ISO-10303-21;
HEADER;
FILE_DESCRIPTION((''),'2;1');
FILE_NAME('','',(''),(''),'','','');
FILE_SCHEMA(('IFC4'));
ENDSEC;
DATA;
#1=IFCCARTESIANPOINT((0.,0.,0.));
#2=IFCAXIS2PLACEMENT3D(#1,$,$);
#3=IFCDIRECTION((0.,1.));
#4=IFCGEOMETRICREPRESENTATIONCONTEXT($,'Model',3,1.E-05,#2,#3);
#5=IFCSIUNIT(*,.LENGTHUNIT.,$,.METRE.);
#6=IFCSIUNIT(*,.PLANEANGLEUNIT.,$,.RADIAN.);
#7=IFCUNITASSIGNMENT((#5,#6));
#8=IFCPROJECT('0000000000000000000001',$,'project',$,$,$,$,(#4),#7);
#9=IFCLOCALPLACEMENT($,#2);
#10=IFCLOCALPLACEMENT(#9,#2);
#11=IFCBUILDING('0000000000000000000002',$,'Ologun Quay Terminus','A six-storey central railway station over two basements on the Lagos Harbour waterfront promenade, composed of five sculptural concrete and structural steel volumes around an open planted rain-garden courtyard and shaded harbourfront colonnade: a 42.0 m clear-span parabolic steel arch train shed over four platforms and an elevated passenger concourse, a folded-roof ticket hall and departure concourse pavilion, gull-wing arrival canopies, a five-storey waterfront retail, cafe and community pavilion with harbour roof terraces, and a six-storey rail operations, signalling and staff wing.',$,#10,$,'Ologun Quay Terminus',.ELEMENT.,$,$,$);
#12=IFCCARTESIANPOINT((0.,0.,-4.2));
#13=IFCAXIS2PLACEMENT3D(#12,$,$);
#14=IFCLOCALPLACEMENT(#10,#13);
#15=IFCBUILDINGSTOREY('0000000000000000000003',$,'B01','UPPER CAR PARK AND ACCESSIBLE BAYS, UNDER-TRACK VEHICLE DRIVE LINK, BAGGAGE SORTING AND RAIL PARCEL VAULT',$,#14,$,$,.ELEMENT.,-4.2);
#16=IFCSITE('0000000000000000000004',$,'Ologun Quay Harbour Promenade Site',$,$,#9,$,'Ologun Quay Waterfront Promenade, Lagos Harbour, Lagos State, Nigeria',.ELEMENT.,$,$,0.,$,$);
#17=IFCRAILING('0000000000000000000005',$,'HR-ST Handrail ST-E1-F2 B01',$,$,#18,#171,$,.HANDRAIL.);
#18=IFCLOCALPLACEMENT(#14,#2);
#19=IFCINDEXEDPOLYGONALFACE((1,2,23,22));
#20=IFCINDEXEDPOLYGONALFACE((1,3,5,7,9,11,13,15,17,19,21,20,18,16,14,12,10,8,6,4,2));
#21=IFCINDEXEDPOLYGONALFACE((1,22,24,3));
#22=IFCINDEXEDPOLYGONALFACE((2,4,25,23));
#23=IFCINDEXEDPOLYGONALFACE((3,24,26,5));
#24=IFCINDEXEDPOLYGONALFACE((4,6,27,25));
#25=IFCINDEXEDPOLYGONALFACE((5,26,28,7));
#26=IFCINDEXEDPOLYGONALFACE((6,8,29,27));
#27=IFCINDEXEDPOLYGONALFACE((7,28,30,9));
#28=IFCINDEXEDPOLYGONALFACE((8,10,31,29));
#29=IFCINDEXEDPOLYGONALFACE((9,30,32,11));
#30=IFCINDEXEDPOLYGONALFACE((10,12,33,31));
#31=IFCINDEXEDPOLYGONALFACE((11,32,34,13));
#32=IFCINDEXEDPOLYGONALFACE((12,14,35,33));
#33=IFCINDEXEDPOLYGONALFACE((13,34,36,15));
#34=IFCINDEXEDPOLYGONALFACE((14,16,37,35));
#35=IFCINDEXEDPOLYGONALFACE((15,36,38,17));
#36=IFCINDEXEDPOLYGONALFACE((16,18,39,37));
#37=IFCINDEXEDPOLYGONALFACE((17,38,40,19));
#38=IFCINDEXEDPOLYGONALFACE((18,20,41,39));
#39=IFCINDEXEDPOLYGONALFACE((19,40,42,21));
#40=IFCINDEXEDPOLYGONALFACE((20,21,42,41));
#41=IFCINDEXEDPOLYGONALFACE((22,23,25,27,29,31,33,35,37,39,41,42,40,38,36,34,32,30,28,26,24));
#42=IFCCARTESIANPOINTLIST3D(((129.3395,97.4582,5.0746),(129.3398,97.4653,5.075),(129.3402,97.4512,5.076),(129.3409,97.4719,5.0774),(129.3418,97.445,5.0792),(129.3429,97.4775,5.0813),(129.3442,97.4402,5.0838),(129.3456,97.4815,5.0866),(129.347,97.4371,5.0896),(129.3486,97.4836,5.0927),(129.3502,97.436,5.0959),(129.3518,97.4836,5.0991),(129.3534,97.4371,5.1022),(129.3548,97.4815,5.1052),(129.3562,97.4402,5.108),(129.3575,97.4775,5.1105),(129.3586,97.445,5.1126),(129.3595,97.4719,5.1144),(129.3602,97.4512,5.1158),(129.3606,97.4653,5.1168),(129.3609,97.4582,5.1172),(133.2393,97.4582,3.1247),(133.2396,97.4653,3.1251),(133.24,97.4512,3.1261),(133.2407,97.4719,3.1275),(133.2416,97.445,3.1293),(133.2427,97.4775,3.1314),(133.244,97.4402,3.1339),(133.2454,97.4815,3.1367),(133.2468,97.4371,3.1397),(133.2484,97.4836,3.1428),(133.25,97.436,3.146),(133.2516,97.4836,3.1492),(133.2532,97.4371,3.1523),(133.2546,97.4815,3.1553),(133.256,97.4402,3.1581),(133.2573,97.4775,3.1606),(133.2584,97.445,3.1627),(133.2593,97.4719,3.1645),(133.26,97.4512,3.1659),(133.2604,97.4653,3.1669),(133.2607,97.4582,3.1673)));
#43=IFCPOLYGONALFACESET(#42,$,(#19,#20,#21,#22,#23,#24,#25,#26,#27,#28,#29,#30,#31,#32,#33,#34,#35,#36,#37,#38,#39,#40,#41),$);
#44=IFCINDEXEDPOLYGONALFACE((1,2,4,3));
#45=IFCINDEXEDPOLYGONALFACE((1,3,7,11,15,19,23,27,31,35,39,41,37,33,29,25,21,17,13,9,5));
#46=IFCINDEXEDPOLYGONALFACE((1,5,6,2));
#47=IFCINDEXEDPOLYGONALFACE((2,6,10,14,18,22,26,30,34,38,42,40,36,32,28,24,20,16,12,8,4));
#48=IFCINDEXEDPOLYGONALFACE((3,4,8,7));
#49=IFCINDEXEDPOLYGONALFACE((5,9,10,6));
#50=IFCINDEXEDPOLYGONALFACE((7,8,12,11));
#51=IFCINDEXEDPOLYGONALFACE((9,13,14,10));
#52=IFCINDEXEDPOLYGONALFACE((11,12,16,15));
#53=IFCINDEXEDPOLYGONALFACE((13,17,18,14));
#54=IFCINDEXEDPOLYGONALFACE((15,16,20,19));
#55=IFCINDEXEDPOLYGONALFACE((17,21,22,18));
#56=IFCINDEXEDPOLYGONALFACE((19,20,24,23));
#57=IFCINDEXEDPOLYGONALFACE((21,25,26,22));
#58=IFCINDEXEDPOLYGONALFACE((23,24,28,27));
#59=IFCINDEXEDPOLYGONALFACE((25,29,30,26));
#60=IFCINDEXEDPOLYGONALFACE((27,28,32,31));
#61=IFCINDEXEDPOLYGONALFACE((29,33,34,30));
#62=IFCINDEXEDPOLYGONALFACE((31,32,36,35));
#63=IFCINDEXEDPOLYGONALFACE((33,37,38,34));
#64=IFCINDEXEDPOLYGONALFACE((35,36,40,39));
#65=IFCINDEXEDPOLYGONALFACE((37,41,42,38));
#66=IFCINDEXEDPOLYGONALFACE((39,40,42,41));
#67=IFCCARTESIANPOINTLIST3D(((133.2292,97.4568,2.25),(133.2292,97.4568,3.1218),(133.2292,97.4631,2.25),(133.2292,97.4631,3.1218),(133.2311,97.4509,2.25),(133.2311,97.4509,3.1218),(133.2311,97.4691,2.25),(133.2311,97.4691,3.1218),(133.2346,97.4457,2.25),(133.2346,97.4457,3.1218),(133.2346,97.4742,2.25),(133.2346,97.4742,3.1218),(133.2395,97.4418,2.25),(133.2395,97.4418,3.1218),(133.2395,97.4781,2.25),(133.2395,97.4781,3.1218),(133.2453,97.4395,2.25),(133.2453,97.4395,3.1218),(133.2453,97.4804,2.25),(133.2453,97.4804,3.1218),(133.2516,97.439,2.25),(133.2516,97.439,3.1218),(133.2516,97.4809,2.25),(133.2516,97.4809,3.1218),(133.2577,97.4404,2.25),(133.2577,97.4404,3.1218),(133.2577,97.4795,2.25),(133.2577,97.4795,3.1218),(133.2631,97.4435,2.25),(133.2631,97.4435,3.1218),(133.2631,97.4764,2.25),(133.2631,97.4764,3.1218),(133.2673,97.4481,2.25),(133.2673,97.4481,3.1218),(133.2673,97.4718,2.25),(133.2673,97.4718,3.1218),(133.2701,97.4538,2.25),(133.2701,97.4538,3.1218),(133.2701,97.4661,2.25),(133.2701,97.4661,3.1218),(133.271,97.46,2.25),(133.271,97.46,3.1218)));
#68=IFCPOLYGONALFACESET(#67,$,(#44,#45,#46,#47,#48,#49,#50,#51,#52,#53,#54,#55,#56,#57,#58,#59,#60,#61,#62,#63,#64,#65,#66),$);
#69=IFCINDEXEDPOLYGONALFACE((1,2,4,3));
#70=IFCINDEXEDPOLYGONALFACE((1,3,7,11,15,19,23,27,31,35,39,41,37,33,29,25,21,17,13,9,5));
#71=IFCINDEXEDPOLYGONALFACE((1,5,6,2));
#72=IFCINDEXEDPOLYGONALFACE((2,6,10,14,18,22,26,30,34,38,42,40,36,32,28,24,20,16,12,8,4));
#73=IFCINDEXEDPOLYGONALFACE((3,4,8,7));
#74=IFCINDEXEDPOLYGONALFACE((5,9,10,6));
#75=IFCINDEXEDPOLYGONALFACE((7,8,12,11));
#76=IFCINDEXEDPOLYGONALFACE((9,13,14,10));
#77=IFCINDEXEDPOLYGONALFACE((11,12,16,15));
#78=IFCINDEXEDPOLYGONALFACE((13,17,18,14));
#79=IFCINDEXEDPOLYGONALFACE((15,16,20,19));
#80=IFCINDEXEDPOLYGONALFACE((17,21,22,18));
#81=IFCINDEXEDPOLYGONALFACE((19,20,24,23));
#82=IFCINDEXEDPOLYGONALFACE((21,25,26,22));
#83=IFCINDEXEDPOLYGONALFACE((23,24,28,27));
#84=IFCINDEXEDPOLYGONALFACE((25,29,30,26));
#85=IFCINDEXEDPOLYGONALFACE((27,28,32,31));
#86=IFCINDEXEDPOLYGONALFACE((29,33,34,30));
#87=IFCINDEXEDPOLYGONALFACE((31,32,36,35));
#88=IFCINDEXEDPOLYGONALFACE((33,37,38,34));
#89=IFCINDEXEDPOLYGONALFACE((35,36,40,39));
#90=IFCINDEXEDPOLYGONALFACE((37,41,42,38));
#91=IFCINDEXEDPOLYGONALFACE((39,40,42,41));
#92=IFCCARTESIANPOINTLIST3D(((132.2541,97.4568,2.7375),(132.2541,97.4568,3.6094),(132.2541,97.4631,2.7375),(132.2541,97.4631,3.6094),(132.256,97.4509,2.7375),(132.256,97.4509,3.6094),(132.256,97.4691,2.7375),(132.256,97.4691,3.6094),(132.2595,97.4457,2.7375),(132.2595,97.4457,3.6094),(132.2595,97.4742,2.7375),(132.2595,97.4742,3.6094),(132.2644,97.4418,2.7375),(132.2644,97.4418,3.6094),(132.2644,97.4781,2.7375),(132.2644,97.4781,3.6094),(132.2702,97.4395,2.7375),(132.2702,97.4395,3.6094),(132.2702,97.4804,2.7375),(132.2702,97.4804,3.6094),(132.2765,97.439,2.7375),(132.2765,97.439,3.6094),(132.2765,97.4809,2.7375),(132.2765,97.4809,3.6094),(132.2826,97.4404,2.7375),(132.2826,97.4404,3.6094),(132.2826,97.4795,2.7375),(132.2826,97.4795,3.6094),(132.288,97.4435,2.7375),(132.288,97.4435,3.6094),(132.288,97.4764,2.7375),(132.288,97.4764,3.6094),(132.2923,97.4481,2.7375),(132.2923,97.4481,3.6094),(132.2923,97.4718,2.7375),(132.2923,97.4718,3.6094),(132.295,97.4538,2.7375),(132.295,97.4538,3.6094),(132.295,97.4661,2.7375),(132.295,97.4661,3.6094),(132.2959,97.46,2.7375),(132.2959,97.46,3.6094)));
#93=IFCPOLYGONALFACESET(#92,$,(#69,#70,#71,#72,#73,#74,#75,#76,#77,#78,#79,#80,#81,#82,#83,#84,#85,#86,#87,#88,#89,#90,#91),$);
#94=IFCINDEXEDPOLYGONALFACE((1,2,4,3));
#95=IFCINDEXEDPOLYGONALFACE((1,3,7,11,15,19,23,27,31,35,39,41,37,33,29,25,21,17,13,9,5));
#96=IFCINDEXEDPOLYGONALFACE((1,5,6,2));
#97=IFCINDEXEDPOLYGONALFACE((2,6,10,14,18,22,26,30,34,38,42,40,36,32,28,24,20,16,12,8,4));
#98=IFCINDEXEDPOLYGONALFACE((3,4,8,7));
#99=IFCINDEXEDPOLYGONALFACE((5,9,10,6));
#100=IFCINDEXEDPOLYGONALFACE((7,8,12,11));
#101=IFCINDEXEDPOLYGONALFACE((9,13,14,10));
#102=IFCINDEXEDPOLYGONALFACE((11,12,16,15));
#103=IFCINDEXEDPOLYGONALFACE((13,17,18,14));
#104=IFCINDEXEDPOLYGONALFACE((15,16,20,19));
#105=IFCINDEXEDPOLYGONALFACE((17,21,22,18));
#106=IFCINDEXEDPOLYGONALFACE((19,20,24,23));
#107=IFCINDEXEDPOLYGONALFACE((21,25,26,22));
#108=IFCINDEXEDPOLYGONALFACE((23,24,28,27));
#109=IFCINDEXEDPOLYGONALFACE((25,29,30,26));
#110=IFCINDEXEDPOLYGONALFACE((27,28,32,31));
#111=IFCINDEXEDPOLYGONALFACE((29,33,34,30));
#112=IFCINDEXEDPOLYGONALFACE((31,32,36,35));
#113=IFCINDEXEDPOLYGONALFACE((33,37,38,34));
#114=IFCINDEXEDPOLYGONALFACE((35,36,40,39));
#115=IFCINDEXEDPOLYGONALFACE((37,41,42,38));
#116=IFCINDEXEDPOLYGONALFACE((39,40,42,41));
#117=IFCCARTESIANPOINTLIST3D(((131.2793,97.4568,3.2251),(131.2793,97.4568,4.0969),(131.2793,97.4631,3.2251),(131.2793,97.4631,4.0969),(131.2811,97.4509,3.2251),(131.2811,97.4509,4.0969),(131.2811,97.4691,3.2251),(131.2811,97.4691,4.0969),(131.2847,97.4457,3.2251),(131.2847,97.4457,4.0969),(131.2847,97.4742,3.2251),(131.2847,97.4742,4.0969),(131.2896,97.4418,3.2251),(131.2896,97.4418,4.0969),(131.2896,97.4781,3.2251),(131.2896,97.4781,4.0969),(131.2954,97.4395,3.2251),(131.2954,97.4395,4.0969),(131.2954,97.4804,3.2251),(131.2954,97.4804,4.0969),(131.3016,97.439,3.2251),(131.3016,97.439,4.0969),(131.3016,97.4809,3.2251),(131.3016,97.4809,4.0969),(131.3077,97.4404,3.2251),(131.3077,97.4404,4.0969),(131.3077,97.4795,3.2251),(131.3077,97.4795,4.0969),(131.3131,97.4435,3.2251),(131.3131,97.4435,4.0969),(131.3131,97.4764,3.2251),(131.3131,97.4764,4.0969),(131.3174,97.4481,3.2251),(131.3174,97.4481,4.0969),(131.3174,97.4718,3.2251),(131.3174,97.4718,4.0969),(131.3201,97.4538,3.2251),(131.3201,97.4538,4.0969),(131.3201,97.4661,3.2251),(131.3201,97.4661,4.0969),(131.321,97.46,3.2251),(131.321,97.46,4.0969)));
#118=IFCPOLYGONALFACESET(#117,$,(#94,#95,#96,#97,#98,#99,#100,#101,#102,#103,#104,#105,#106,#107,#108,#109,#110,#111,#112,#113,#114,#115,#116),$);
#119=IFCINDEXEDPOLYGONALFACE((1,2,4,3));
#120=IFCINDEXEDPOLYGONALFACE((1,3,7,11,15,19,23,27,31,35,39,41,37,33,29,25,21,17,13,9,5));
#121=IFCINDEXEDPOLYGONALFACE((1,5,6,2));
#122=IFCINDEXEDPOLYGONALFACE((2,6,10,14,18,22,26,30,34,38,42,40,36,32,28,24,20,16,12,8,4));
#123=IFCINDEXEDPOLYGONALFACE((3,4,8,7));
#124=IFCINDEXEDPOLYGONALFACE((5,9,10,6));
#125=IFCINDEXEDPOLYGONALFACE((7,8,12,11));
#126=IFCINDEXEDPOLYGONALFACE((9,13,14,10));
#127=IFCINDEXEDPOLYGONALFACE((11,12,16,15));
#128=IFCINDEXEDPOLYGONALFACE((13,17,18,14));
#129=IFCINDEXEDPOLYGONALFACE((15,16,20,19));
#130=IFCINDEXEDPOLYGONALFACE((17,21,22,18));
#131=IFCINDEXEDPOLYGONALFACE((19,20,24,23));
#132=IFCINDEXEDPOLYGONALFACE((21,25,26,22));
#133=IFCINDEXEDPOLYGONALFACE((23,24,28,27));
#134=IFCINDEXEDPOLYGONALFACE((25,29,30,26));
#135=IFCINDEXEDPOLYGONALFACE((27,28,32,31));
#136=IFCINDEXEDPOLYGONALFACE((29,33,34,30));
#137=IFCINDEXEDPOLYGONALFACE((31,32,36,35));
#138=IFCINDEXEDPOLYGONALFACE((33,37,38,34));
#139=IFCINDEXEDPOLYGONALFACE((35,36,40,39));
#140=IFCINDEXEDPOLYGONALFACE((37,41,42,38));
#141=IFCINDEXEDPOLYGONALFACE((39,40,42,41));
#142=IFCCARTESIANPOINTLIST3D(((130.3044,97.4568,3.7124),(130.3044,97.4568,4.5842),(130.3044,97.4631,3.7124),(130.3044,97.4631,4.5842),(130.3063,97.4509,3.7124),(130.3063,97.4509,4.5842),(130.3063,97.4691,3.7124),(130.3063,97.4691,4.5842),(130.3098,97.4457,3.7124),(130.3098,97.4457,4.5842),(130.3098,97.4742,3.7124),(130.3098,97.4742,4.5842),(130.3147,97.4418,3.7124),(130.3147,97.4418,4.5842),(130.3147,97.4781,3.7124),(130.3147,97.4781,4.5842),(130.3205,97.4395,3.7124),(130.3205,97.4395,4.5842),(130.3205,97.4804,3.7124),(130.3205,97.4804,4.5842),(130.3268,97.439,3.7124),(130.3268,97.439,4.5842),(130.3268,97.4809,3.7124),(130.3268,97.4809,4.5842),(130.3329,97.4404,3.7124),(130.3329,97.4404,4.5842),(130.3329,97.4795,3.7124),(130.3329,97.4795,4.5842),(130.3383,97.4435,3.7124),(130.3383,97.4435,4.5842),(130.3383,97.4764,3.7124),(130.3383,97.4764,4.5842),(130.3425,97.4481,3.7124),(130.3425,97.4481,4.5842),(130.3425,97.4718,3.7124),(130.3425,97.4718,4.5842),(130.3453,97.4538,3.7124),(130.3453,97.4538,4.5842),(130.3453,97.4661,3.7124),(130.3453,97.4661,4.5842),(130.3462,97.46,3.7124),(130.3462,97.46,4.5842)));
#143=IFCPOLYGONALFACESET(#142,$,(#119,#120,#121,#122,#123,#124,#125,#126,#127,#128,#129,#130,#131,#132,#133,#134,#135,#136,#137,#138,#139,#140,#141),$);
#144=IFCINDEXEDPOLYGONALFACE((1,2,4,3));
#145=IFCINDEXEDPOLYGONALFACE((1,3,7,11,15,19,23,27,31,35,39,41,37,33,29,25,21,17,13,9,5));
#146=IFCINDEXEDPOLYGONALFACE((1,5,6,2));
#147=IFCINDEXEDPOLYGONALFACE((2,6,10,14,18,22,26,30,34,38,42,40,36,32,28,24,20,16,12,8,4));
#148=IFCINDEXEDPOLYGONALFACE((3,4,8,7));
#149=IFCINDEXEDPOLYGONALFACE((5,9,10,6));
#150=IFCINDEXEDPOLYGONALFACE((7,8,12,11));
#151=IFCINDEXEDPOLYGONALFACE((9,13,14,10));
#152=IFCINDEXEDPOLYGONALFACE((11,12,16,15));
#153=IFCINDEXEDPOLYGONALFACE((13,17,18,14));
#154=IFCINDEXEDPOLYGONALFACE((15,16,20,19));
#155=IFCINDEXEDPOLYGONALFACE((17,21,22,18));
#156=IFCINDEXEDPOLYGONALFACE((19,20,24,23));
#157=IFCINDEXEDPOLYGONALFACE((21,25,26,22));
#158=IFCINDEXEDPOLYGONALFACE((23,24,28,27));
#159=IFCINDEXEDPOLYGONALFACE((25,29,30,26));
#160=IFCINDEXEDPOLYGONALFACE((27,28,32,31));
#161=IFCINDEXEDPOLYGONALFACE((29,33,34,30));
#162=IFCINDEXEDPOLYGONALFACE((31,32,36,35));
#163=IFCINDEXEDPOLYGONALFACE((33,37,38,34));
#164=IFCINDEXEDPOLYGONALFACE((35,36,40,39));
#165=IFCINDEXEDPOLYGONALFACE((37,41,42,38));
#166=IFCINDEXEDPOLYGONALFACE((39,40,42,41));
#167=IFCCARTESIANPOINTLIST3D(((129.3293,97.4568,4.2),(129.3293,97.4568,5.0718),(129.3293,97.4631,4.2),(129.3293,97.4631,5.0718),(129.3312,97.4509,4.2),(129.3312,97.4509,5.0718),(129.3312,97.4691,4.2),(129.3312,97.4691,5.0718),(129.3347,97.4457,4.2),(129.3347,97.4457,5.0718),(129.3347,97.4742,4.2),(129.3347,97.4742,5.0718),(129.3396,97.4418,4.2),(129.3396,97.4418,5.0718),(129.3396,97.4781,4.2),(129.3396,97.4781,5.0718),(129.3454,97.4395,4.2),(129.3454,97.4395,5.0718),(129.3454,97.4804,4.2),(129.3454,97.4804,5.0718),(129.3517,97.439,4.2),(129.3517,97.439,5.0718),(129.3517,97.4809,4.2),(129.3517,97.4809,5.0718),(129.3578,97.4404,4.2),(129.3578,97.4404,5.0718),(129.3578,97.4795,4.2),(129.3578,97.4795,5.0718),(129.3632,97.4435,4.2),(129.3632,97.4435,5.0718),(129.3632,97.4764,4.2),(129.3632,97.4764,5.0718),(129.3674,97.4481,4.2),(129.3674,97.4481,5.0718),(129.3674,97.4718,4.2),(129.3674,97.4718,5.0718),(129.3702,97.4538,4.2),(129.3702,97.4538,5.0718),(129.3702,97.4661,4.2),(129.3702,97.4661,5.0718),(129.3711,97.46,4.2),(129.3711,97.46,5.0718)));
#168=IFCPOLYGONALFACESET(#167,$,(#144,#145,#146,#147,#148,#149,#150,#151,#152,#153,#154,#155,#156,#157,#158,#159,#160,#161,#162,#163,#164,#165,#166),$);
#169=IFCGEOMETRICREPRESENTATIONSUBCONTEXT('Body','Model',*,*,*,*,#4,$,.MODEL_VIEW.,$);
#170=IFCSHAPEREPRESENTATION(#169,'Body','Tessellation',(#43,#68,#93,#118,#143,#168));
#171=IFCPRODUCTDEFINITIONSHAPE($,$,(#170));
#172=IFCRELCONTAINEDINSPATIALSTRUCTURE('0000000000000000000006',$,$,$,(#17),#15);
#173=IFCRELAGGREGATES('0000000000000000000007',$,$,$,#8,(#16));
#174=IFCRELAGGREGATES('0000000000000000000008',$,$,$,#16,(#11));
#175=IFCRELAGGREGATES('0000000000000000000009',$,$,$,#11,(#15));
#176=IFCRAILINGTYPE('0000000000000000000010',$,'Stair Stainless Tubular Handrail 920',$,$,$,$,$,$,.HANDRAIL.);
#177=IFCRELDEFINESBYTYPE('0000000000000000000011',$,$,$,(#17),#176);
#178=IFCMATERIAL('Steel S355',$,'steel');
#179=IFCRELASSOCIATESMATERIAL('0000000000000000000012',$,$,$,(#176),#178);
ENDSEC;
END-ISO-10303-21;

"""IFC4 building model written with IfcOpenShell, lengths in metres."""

from ifc_helpers import new_model, si_unit, direction, frame, origin, origin_2d, place, context, subcontext, project, spatial, circle, extrude, material, type_object, element, save


model = new_model("IFC4")

# Units and contexts
model_context = context("Model", 3, precision=1e-05, world=origin(), true_north=direction((0.0, 1.0)))
body_context = subcontext(model_context, "Body", "Model", "MODEL_VIEW")
ifc_project = project(units=[si_unit("LENGTHUNIT", "METRE"), si_unit("PLANEANGLEUNIT", "RADIAN")], contexts=[model_context])

# Site, building, storey
site_placement = place(None, origin())
site = spatial("IfcSite", under=ifc_project, at=site_placement, Name="Ologun Quay Harbour Promenade Site", LongName="Ologun Quay Waterfront Promenade, Lagos Harbour, Lagos State, Nigeria", CompositionType="ELEMENT", RefElevation=0.0)
building_placement = place(site_placement, origin())
building = spatial("IfcBuilding", under=site, at=building_placement, Name="Ologun Quay Terminus", Description="A six-storey central railway station over two basements on the Lagos Harbour waterfront promenade, composed of five sculptural concrete and structural steel volumes around an open planted rain-garden courtyard and shaded harbourfront colonnade: a 42.0 m clear-span parabolic steel arch train shed over four platforms and an elevated passenger concourse, a folded-roof ticket hall and departure concourse pavilion, gull-wing arrival canopies, a five-storey waterfront retail, cafe and community pavilion with harbour roof terraces, and a six-storey rail operations, signalling and staff wing.", LongName="Ologun Quay Terminus", CompositionType="ELEMENT")
storey_placement = place(building_placement, frame((0.0, 0.0, -4.2)))
storey = spatial("IfcBuildingStorey", under=building, at=storey_placement, Name="B01", Description="UPPER CAR PARK AND ACCESSIBLE BAYS, UNDER-TRACK VEHICLE DRIVE LINK, BAGGAGE SORTING AND RAIL PARCEL VAULT", CompositionType="ELEMENT", Elevation=-4.2)

# Railing
ifc_material_1 = material(Name="Steel S355", Category="steel")
railing_type_1 = type_object("IfcRailingType", Name="Stair Stainless Tubular Handrail 920", PredefinedType="HANDRAIL", material=ifc_material_1)
railing_1_placement = place(storey_placement, frame((133.25, 97.46, 2.25)))
element("IfcRailing", 1, at=railing_1_placement, inside=storey, type_object=railing_type_1, Name="HR-ST Handrail ST-E1-F2 B01", PredefinedType="HANDRAIL", context=body_context, shape_type="SweptSolid", body=[
    extrude(circle(Radius=0.0239, at=origin_2d()), frame((0.0, 0.0, 0.896), z_axis=(-0.894427, 0.0, 0.447214), x_axis=(0.0, -1.0, 0.0)), (0.0, 0.0, 1.0), 4.3601),
    extrude(circle(Radius=0.021, at=origin_2d()), origin(), (0.0, 0.0, 1.0), 0.8718),
    extrude(circle(Radius=0.021, at=origin_2d()), frame((-0.9751, 0.0, 0.4875)), (0.0, 0.0, 1.0), 0.8718),
    extrude(circle(Radius=0.021, at=origin_2d()), frame((-1.95, 0.0, 0.9751)), (0.0, 0.0, 1.0), 0.8718),
    extrude(circle(Radius=0.021, at=origin_2d()), frame((-2.9248, 0.0, 1.4624)), (0.0, 0.0, 1.0), 0.8718),
    extrude(circle(Radius=0.021, at=origin_2d()), frame((-3.8999, 0.0, 1.95)), (0.0, 0.0, 1.0), 0.8718),
])

save(model, "model.ifc")
